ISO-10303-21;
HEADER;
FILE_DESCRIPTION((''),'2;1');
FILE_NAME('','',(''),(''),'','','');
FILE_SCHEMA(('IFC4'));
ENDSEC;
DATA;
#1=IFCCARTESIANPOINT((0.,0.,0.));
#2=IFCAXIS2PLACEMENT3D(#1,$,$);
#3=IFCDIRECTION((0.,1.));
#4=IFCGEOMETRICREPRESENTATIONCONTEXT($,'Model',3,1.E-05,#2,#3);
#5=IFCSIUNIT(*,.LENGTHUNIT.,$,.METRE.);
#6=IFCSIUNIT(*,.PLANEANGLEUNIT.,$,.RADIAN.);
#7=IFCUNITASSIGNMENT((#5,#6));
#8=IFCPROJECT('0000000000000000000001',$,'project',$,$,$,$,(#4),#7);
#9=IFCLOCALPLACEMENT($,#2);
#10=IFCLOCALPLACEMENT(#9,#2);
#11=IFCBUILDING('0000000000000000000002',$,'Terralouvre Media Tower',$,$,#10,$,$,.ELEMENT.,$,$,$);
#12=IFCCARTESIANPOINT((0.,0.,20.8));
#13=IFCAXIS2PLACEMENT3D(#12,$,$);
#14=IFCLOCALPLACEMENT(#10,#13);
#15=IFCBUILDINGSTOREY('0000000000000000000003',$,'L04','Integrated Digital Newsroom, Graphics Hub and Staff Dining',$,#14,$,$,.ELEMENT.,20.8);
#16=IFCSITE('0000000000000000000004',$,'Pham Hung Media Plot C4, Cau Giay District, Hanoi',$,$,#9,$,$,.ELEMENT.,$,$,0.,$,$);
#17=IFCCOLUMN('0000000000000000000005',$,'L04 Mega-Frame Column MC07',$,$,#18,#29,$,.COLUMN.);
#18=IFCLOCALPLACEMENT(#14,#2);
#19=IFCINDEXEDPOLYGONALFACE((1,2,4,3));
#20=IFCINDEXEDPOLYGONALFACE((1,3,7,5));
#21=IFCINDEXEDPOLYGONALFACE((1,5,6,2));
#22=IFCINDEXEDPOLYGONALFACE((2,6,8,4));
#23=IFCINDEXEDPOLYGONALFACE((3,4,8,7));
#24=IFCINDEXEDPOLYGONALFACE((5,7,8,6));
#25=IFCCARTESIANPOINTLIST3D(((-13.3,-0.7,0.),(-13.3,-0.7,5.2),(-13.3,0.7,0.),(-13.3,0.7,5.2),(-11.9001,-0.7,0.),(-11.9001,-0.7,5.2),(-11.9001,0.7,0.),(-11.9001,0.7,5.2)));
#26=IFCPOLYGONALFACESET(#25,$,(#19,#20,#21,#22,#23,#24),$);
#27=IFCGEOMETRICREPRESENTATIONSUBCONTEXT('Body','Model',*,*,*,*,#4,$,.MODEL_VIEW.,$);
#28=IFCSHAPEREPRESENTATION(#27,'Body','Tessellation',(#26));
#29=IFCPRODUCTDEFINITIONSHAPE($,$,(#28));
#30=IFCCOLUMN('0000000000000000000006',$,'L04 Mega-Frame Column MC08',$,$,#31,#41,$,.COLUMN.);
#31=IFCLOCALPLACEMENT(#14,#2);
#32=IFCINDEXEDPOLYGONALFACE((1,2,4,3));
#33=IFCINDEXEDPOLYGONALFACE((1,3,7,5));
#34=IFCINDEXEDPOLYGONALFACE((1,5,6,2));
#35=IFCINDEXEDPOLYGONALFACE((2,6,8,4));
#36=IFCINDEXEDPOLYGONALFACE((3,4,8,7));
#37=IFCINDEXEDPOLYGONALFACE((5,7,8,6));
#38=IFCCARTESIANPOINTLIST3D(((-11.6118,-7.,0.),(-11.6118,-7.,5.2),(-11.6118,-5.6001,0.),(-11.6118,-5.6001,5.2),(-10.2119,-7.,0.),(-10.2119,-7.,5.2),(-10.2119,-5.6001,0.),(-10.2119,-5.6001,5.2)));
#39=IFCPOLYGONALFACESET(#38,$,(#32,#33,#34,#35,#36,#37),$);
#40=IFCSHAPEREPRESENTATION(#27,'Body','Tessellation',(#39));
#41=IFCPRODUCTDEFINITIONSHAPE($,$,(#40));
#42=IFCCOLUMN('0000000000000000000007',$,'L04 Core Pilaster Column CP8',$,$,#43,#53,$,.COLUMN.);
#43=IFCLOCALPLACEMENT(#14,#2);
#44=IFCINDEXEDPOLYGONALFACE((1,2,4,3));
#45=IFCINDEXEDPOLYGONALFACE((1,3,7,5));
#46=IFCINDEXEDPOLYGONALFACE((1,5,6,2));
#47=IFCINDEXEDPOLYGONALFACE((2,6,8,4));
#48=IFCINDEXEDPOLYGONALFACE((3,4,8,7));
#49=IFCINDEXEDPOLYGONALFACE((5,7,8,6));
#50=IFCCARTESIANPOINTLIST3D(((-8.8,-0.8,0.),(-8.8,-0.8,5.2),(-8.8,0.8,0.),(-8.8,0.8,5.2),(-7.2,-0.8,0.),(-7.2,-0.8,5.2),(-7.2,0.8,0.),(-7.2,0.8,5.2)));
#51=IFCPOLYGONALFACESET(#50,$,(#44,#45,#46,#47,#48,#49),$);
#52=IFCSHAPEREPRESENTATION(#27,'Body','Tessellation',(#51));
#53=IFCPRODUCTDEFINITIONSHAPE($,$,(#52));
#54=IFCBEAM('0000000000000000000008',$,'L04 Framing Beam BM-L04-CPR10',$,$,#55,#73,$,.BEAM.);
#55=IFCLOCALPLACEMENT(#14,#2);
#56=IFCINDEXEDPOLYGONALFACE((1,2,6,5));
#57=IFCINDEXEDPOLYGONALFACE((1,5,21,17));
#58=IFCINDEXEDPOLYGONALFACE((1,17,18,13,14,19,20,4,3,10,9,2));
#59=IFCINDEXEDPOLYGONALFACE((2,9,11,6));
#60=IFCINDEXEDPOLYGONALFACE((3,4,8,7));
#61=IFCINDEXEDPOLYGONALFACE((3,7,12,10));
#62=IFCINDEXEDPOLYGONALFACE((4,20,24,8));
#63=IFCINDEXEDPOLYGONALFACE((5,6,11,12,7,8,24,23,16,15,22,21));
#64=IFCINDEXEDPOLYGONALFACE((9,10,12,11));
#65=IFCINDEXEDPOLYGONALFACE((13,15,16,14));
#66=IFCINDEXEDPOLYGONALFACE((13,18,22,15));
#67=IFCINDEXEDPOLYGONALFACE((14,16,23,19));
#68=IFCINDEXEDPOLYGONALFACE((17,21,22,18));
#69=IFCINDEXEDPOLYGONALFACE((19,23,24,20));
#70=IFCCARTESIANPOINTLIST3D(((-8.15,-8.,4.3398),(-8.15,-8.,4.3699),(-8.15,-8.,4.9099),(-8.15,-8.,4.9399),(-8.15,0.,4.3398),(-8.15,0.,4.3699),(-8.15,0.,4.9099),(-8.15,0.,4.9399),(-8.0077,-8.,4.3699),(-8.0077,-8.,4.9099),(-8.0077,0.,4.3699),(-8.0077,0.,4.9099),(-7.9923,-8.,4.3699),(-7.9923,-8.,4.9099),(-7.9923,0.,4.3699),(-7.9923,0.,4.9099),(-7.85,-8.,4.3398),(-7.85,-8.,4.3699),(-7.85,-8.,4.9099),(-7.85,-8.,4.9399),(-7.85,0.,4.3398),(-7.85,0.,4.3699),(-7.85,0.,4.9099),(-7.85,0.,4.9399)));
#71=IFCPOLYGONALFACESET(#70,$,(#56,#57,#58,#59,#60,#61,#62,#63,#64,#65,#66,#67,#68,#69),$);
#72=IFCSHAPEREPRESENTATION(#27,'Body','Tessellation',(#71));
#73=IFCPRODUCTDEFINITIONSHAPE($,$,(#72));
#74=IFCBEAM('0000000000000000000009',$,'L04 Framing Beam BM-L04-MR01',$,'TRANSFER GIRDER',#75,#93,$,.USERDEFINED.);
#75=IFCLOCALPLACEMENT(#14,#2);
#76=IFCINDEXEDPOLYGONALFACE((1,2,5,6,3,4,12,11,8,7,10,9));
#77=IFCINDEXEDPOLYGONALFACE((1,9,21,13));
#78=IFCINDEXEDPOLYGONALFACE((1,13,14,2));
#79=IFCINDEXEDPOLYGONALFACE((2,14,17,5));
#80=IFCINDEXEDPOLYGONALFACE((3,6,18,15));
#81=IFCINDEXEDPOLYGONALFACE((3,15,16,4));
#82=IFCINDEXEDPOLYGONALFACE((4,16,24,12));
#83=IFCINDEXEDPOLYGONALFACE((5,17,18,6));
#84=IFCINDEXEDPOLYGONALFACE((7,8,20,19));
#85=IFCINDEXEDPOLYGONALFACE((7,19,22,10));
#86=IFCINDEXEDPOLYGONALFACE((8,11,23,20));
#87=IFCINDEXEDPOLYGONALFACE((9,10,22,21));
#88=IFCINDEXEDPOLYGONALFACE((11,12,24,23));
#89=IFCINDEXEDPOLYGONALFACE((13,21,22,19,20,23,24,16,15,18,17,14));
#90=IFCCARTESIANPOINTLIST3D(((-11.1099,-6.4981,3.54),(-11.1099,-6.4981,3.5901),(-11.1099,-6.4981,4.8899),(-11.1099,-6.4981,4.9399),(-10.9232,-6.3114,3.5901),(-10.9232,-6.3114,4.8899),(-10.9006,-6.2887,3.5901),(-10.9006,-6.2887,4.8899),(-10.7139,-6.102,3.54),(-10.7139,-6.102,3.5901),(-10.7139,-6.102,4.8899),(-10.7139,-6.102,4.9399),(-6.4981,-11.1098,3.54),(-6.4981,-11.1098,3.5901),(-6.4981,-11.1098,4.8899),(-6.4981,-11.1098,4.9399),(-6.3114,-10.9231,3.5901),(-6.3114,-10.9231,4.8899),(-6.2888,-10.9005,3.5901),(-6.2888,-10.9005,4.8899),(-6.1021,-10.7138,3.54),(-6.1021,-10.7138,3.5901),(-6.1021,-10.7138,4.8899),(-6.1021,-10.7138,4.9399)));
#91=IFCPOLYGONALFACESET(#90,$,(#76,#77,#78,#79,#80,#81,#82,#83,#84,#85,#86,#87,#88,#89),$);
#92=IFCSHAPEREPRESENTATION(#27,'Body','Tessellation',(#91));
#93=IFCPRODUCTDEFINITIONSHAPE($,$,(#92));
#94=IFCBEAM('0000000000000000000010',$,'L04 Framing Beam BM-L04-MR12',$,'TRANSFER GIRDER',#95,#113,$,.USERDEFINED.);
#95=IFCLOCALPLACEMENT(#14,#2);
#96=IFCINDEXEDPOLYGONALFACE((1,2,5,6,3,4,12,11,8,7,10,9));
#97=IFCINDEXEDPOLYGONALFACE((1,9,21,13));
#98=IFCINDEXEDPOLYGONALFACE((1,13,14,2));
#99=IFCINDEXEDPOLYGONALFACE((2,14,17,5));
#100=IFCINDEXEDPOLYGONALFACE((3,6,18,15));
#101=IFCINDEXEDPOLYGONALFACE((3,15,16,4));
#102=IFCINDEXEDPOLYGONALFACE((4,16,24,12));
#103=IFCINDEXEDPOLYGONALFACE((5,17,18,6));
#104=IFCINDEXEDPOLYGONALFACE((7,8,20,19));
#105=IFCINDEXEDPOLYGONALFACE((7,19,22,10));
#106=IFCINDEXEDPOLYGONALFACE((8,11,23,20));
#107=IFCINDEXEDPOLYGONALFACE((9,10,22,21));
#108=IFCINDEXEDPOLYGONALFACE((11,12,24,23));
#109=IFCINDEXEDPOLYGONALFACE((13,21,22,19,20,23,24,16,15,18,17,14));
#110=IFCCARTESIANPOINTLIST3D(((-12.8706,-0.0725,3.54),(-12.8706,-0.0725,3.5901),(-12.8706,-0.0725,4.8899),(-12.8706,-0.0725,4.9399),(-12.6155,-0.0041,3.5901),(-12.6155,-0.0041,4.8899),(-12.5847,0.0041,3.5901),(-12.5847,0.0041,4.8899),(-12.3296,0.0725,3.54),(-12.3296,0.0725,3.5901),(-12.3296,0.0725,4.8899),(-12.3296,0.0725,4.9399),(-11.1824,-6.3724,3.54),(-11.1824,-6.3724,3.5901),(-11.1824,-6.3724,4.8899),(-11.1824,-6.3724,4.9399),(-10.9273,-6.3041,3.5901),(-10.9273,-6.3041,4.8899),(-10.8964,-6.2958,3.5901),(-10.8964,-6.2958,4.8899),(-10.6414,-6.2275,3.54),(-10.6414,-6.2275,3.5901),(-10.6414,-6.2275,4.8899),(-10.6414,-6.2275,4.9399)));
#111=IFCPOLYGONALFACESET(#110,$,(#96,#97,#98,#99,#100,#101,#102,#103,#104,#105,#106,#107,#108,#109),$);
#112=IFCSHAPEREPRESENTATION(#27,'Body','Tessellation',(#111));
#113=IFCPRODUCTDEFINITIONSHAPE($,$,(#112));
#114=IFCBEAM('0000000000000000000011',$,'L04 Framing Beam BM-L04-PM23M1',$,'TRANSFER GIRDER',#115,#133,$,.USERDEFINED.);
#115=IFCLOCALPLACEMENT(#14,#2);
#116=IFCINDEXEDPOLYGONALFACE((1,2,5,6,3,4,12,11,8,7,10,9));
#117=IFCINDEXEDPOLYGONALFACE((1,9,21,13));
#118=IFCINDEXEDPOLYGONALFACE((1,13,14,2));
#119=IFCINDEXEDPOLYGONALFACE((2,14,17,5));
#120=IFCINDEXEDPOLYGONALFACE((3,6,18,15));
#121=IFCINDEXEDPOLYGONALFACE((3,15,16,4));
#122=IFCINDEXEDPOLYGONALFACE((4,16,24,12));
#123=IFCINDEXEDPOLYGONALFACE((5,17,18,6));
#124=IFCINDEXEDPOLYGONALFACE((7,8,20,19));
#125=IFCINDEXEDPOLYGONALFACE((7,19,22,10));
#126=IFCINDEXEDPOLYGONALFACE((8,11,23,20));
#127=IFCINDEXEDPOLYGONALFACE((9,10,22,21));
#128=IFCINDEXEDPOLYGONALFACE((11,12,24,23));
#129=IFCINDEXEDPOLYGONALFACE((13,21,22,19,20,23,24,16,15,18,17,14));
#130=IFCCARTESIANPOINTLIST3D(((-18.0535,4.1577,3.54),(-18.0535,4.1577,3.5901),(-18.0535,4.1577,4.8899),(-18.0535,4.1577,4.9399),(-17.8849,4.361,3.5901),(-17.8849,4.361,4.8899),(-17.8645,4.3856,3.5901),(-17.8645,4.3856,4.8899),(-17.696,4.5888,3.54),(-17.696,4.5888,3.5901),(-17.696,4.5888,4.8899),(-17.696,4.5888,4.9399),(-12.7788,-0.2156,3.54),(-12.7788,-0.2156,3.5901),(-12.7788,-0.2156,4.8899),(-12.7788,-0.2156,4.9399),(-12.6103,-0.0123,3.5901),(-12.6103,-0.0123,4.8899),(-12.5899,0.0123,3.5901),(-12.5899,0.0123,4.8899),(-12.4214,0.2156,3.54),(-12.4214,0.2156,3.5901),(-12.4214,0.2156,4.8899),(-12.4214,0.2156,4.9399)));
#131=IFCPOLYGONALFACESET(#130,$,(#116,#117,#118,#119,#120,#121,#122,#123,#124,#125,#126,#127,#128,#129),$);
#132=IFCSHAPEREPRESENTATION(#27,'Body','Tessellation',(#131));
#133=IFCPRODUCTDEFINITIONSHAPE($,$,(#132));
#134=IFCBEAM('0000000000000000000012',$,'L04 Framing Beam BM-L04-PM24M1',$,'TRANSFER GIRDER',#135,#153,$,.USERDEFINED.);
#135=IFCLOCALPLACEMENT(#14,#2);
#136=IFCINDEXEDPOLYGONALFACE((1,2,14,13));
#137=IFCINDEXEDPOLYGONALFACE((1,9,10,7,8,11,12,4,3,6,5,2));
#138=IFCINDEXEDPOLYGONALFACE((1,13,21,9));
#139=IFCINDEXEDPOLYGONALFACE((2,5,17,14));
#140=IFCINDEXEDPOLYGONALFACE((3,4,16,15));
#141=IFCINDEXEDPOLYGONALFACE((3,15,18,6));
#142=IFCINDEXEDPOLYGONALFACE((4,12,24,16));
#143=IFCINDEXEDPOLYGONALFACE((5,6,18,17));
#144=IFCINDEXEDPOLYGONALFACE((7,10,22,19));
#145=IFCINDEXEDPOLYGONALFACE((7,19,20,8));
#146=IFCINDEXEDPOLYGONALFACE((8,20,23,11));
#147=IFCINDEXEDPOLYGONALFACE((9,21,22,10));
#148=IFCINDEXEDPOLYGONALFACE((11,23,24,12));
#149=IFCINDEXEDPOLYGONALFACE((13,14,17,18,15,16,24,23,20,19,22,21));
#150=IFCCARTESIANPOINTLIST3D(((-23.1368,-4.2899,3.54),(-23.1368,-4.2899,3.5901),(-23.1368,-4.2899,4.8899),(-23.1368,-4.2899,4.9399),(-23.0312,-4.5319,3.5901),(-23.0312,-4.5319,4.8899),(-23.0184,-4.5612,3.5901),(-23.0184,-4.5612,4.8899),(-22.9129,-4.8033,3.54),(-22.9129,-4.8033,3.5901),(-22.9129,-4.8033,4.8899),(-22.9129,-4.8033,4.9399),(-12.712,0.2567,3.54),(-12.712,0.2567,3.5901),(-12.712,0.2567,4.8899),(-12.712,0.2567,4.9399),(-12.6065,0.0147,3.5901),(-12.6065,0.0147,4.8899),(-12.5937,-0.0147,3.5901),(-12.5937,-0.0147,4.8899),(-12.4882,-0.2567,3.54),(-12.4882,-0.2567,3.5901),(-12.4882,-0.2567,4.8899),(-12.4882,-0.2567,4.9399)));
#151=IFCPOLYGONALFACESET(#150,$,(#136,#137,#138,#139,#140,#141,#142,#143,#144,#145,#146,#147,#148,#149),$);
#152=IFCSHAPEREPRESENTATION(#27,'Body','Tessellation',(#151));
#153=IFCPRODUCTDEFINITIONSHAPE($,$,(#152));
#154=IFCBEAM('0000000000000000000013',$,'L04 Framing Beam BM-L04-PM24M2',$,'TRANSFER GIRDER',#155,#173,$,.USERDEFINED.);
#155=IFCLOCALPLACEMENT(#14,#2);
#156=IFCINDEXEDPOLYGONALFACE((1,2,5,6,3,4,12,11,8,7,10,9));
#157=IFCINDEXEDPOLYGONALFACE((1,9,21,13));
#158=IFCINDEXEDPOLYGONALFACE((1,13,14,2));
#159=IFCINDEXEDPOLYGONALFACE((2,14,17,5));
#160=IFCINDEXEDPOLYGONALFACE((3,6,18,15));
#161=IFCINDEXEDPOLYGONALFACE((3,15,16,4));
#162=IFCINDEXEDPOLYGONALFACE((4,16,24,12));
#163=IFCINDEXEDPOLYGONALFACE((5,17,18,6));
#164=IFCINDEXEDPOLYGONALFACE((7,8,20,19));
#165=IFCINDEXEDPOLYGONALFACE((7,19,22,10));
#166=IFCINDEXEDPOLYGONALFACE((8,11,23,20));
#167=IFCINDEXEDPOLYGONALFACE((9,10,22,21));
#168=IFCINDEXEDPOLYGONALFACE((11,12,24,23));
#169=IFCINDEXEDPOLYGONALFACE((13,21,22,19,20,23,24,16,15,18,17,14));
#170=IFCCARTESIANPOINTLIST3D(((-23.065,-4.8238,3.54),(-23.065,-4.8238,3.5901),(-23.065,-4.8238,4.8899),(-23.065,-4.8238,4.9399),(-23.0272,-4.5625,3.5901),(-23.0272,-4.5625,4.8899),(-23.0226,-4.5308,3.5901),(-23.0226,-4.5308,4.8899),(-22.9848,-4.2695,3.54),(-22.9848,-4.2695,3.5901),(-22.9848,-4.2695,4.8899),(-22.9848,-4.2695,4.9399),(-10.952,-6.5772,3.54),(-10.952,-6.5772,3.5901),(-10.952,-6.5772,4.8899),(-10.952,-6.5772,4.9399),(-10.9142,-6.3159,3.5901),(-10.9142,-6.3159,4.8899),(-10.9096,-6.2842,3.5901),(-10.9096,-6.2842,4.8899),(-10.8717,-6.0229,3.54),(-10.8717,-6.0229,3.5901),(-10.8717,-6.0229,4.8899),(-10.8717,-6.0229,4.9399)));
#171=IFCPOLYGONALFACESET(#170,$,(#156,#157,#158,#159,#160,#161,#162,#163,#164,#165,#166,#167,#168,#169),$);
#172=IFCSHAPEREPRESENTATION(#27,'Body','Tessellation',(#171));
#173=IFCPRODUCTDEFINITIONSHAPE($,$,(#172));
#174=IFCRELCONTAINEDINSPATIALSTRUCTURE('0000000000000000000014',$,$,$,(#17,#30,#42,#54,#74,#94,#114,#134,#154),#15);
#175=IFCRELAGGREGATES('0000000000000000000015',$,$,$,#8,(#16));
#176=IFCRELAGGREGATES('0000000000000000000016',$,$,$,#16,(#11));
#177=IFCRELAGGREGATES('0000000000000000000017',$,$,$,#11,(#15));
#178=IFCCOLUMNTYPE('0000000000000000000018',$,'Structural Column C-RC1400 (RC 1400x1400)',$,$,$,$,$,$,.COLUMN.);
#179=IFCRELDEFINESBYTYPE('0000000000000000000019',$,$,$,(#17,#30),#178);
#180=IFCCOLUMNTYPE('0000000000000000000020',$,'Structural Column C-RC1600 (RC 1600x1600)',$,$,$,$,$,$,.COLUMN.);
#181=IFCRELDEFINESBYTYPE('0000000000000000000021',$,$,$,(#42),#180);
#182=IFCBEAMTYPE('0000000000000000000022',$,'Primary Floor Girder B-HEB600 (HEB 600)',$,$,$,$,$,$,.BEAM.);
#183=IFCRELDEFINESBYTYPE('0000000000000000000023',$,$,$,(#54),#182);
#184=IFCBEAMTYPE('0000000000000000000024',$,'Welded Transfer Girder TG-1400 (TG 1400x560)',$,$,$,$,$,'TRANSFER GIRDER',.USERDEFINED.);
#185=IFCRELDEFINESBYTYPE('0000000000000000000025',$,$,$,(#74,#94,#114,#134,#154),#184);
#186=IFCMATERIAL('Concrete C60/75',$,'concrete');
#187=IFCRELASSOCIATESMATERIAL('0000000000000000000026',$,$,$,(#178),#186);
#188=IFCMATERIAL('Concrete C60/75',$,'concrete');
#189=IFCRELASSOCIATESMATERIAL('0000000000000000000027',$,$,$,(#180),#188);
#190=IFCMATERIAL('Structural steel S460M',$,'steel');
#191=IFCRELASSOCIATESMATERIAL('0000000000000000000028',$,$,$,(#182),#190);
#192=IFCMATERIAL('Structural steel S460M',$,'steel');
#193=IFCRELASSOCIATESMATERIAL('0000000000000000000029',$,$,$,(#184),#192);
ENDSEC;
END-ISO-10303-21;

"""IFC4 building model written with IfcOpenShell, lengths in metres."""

from ifc_helpers import new_model, si_unit, direction, frame, origin, origin_2d, place, context, subcontext, project, spatial, rectangle, i_section, extrude, material, material_profile, profile_set, type_object, element, save


model = new_model("IFC4")

# Units and contexts
model_context = context("Model", 3, precision=1e-05, world=origin(), true_north=direction((0.0, 1.0)))
body_context = subcontext(model_context, "Body", "Model", "MODEL_VIEW")
ifc_project = project(units=[si_unit("LENGTHUNIT", "METRE"), si_unit("PLANEANGLEUNIT", "RADIAN")], contexts=[model_context])

# Site, building, storey
site_placement = place(None, origin())
site = spatial("IfcSite", under=ifc_project, at=site_placement, Name="Pham Hung Media Plot C4, Cau Giay District, Hanoi", CompositionType="ELEMENT", RefElevation=0.0)
building_placement = place(site_placement, origin())
building = spatial("IfcBuilding", under=site, at=building_placement, Name="Terralouvre Media Tower", CompositionType="ELEMENT")
storey_placement = place(building_placement, frame((0.0, 0.0, 20.8)))
storey = spatial("IfcBuildingStorey", under=building, at=storey_placement, Name="L04", Description="Integrated Digital Newsroom, Graphics Hub and Staff Dining", CompositionType="ELEMENT", Elevation=20.8)

# Columns
ifc_material_1 = material(Name="Concrete C60/75", Category="concrete")
ifc_material_profile_1 = material_profile(ifc_material_1, rectangle(XDim=1.3999, YDim=1.3999, at=origin_2d()), Name="RC 1400x1400")
ifc_profile_set_1 = profile_set([ifc_material_profile_1], Name="Concrete C60/75")
column_type_1 = type_object("IfcColumnType", Name="Structural Column C-RC1400 (RC 1400x1400)", PredefinedType="COLUMN", material=ifc_profile_set_1)
for number, where, z_axis, x_axis, name in (
    (1, (-12.6001, 0.0, 0.0), (0.0, 0.0, 1.0), (1.0, 0.0, 0.0), "L04 Mega-Frame Column MC07"),
    (2, (-10.9119, -6.3, 0.0), (0.0, 0.0, 1.0), (1.0, 0.0, 0.0), "L04 Mega-Frame Column MC08"),
):
    element("IfcColumn", number, at=place(storey_placement, frame(where, z_axis=z_axis, x_axis=x_axis)), inside=storey, type_object=column_type_1, Name=name, PredefinedType="COLUMN", context=body_context, shape_type="SweptSolid", body=[
        extrude(rectangle(XDim=1.3999, YDim=1.3999, at=origin_2d()), origin(), (0.0, 0.0, 1.0), 5.2),
    ])
ifc_material_2 = material(Name="Concrete C60/75", Category="concrete")
ifc_material_profile_2 = material_profile(ifc_material_2, rectangle(XDim=1.6001, YDim=1.6001, at=origin_2d()), Name="RC 1600x1600")
ifc_profile_set_2 = profile_set([ifc_material_profile_2], Name="Concrete C60/75")
column_type_2 = type_object("IfcColumnType", Name="Structural Column C-RC1600 (RC 1600x1600)", PredefinedType="COLUMN", material=ifc_profile_set_2)
column_placement = place(storey_placement, frame((-8.0, 0.0, 0.0), z_axis=(0.0, 0.0, 1.0), x_axis=(1.0, 0.0, 0.0)))
element("IfcColumn", 3, at=column_placement, inside=storey, type_object=column_type_2, Name="L04 Core Pilaster Column CP8", PredefinedType="COLUMN", context=body_context, shape_type="SweptSolid", body=[
    extrude(rectangle(XDim=1.6001, YDim=1.6001, at=origin_2d()), origin(), (0.0, 0.0, 1.0), 5.2),
])

# Beams
ifc_material_3 = material(Name="Structural steel S460M", Category="steel")
ifc_material_profile_3 = material_profile(ifc_material_3, i_section(OverallWidth=0.3, OverallDepth=0.6001, WebThickness=0.0154, FlangeThickness=0.03, at=origin_2d()), Name="HEB 600")
ifc_profile_set_3 = profile_set([ifc_material_profile_3], Name="Structural steel S460M")
beam_type_1 = type_object("IfcBeamType", Name="Primary Floor Girder B-HEB600 (HEB 600)", PredefinedType="BEAM", material=ifc_profile_set_3)
beam_1_placement = place(storey_placement, frame((-8.0, 0.0, 4.6399), z_axis=(0.0, -1.0, 0.0), x_axis=(1.0, 0.0, 0.0)))
element("IfcBeam", 4, at=beam_1_placement, inside=storey, type_object=beam_type_1, Name="L04 Framing Beam BM-L04-CPR10", PredefinedType="BEAM", context=body_context, shape_type="SweptSolid", body=[
    extrude(i_section(OverallWidth=0.3, OverallDepth=0.6001, WebThickness=0.0154, FlangeThickness=0.03, at=origin_2d()), origin(), (0.0, 0.0, 1.0), 8.0),
])
ifc_material_4 = material(Name="Structural steel S460M", Category="steel")
ifc_material_profile_4 = material_profile(ifc_material_4, i_section(OverallWidth=0.5601, OverallDepth=1.3999, WebThickness=0.032, FlangeThickness=0.05, at=origin_2d()), Name="TG 1400x560")
ifc_profile_set_4 = profile_set([ifc_material_profile_4], Name="Structural steel S460M")
beam_type_2 = type_object("IfcBeamType", Name="Welded Transfer Girder TG-1400 (TG 1400x560)", ElementType="TRANSFER GIRDER", PredefinedType="USERDEFINED", material=ifc_profile_set_4)
beam_2_placement = place(storey_placement, frame((-10.9119, -6.3, 4.24), z_axis=(0.707107, -0.707107, 0.0), x_axis=(0.707107, 0.707107, 0.0)))
element("IfcBeam", 5, at=beam_2_placement, inside=storey, type_object=beam_type_2, Name="L04 Framing Beam BM-L04-MR01", ObjectType="TRANSFER GIRDER", PredefinedType="USERDEFINED", context=body_context, shape_type="SweptSolid", body=[
    extrude(i_section(OverallWidth=0.5601, OverallDepth=1.3999, WebThickness=0.032, FlangeThickness=0.05, at=origin_2d()), origin(), (0.0, 0.0, 1.0), 6.522),
])
beam_3_placement = place(storey_placement, frame((-12.6001, 0.0, 4.24), z_axis=(0.258839, -0.96592, 0.0), x_axis=(0.96592, 0.258839, 0.0)))
element("IfcBeam", 6, at=beam_3_placement, inside=storey, type_object=beam_type_2, Name="L04 Framing Beam BM-L04-MR12", ObjectType="TRANSFER GIRDER", PredefinedType="USERDEFINED", context=body_context, shape_type="SweptSolid", body=[
    extrude(i_section(OverallWidth=0.5601, OverallDepth=1.3999, WebThickness=0.032, FlangeThickness=0.05, at=origin_2d()), origin(), (0.0, 0.0, 1.0), 6.5222),
])
beam_4_placement = place(storey_placement, frame((-12.6001, 0.0, 4.24), z_axis=(-0.769816, 0.638265, 0.0), x_axis=(-0.638265, -0.769816, 0.0)))
element("IfcBeam", 7, at=beam_4_placement, inside=storey, type_object=beam_type_2, Name="L04 Framing Beam BM-L04-PM23M1", ObjectType="TRANSFER GIRDER", PredefinedType="USERDEFINED", context=body_context, shape_type="SweptSolid", body=[
    extrude(i_section(OverallWidth=0.5601, OverallDepth=1.3999, WebThickness=0.032, FlangeThickness=0.05, at=origin_2d()), origin(), (0.0, 0.0, 1.0), 6.8518),
])
beam_5_placement = place(storey_placement, frame((-12.6001, 0.0, 4.24), z_axis=(-0.916616, -0.399769, 0.0), x_axis=(0.399769, -0.916616, 0.0)))
element("IfcBeam", 8, at=beam_5_placement, inside=storey, type_object=beam_type_2, Name="L04 Framing Beam BM-L04-PM24M1", ObjectType="TRANSFER GIRDER", PredefinedType="USERDEFINED", context=body_context, shape_type="SweptSolid", body=[
    extrude(i_section(OverallWidth=0.5601, OverallDepth=1.3999, WebThickness=0.032, FlangeThickness=0.05, at=origin_2d()), origin(), (0.0, 0.0, 1.0), 11.373),
])
beam_6_placement = place(storey_placement, frame((-10.9119, -6.3, 4.24), z_axis=(-0.989685, 0.143261, 0.0), x_axis=(-0.143261, -0.989685, 0.0)))
element("IfcBeam", 9, at=beam_6_placement, inside=storey, type_object=beam_type_2, Name="L04 Framing Beam BM-L04-PM24M2", ObjectType="TRANSFER GIRDER", PredefinedType="USERDEFINED", context=body_context, shape_type="SweptSolid", body=[
    extrude(i_section(OverallWidth=0.5601, OverallDepth=1.3999, WebThickness=0.032, FlangeThickness=0.05, at=origin_2d()), origin(), (0.0, 0.0, 1.0), 12.2393),
])

save(model, "model.ifc")
